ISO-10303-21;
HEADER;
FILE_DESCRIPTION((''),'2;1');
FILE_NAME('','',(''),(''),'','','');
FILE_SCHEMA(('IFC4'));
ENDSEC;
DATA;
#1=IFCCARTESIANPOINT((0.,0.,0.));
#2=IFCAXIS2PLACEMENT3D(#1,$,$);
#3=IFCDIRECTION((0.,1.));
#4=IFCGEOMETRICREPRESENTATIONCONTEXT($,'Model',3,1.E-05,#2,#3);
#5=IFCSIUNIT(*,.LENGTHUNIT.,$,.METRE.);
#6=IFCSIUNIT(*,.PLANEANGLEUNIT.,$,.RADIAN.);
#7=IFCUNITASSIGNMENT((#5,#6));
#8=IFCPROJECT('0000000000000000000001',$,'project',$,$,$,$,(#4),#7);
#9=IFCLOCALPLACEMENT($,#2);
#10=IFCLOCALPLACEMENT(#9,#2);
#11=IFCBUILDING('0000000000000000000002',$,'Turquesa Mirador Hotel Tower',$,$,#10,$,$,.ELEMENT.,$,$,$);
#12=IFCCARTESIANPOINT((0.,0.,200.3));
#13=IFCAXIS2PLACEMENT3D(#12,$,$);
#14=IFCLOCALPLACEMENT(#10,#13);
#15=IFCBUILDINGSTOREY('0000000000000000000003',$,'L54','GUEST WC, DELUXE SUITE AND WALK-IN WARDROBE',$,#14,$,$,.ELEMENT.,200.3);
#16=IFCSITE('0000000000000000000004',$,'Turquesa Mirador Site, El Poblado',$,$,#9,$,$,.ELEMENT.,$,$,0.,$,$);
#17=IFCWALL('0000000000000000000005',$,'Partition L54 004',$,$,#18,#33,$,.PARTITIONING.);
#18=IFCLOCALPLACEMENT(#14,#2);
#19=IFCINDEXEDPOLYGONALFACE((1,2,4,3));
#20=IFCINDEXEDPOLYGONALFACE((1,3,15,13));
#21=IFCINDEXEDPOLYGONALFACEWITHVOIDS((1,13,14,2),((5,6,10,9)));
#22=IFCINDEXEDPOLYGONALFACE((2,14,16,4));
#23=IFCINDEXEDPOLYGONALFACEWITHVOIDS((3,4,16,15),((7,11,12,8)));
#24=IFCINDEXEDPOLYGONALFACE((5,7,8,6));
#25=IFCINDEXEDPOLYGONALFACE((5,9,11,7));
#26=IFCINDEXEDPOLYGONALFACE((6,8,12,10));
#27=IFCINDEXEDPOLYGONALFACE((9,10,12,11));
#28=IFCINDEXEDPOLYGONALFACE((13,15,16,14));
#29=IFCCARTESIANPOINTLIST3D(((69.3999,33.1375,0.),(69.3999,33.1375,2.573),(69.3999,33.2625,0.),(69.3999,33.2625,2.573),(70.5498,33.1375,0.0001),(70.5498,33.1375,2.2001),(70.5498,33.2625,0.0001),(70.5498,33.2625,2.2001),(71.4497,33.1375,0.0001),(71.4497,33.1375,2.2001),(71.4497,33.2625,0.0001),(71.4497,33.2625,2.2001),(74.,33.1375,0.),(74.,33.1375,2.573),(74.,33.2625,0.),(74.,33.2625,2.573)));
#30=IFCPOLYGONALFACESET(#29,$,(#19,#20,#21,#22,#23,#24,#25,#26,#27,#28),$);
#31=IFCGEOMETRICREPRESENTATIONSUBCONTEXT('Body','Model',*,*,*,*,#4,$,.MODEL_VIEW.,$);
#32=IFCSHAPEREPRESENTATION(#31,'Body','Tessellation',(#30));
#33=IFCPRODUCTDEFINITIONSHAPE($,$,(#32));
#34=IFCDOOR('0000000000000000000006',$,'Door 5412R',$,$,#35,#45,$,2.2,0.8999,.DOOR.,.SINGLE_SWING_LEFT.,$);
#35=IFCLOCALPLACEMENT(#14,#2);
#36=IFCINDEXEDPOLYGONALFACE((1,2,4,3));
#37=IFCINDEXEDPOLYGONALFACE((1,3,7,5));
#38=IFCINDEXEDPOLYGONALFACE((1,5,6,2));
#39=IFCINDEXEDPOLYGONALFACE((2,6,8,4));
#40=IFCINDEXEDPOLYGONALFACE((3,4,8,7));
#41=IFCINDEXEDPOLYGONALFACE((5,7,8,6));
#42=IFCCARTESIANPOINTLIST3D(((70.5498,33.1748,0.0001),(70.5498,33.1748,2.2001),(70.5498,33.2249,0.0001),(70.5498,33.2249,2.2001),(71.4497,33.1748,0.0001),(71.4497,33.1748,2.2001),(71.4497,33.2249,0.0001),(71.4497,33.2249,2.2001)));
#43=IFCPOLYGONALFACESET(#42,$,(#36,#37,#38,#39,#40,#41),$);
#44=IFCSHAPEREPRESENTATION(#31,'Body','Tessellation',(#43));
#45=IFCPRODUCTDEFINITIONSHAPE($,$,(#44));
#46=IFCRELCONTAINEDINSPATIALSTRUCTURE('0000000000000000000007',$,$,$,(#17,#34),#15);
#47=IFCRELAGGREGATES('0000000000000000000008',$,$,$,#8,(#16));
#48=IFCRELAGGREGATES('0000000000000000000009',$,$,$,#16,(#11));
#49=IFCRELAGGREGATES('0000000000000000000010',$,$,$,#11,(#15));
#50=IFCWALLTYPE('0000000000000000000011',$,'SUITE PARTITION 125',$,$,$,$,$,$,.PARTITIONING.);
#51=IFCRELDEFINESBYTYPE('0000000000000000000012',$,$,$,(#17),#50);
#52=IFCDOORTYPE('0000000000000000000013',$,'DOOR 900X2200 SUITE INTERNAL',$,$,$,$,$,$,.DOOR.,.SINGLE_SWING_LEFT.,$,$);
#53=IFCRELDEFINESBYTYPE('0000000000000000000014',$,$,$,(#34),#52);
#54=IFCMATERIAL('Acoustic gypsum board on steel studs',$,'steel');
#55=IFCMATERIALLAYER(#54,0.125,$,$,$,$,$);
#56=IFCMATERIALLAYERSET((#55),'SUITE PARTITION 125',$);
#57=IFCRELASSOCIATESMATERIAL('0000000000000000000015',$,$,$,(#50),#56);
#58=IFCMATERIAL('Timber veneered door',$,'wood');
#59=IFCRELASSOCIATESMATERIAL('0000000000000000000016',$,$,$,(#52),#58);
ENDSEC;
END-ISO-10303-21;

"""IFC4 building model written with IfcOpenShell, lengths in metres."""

from ifc_helpers import new_model, si_unit, direction, frame, frame_2d, origin, place, context, subcontext, project, spatial, rectangle, extrude, material, layer, layer_set, type_object, element, fill, save


model = new_model("IFC4")

# Units and contexts
model_context = context("Model", 3, precision=1e-05, world=origin(), true_north=direction((0.0, 1.0)))
body_context = subcontext(model_context, "Body", "Model", "MODEL_VIEW")
ifc_project = project(units=[si_unit("LENGTHUNIT", "METRE"), si_unit("PLANEANGLEUNIT", "RADIAN")], contexts=[model_context])

# Site, building, storey
site_placement = place(None, origin())
site = spatial("IfcSite", under=ifc_project, at=site_placement, Name="Turquesa Mirador Site, El Poblado", CompositionType="ELEMENT", RefElevation=0.0)
building_placement = place(site_placement, origin())
building = spatial("IfcBuilding", under=site, at=building_placement, Name="Turquesa Mirador Hotel Tower", CompositionType="ELEMENT")
storey_placement = place(building_placement, frame((0.0, 0.0, 200.3)))
storey = spatial("IfcBuildingStorey", under=building, at=storey_placement, Name="L54", Description="GUEST WC, DELUXE SUITE AND WALK-IN WARDROBE", CompositionType="ELEMENT", Elevation=200.3)

# Wall, opening, door
ifc_material_1 = material(Name="Acoustic gypsum board on steel studs", Category="steel")
ifc_layer_1 = layer(ifc_material_1, 0.125)
ifc_layer_set_1 = layer_set([ifc_layer_1], Name="SUITE PARTITION 125")
wall_type_1 = type_object("IfcWallType", Name="SUITE PARTITION 125", PredefinedType="PARTITIONING", material=ifc_layer_set_1)
wall_1_placement = place(storey_placement, frame((69.3999, 33.2, 0.0), z_axis=(0.0, 0.0, 1.0), x_axis=(1.0, 0.0, 0.0)))
wall_1 = element("IfcWall", 1, at=wall_1_placement, inside=storey, type_object=wall_type_1, Name="Partition L54 004", PredefinedType="PARTITIONING", context=body_context, shape_type="SweptSolid", body=[
    extrude(rectangle(XDim=4.6001, YDim=0.125, at=frame_2d((2.3, 0.0))), origin(), (0.0, 0.0, 1.0), 2.573),
])
opening_1_placement = place(wall_1_placement, frame((1.1499, 0.0, 0.0)))
opening_1 = element("IfcOpeningElement", 2, at=opening_1_placement, cuts=wall_1, PredefinedType="OPENING", context=body_context, shape_type="SweptSolid", body=[
    extrude(rectangle(XDim=0.8999, YDim=2.2, at=frame_2d((0.45, 1.1001))), frame((0.0, 0.0725, 0.0), z_axis=(0.0, -1.0, 0.0), x_axis=(1.0, 0.0, 0.0)), (0.0, 0.0, 1.0), 0.145),
])
ifc_material_2 = material(Name="Timber veneered door", Category="wood")
door_type_1 = type_object("IfcDoorType", Name="DOOR 900X2200 SUITE INTERNAL", OperationType="SINGLE_SWING_LEFT", PredefinedType="DOOR", material=ifc_material_2)
door_1_placement = place(opening_1_placement, origin())
door_1 = element("IfcDoor", 3, at=door_1_placement, inside=storey, type_object=door_type_1, Name="Door 5412R", OperationType="SINGLE_SWING_LEFT", OverallHeight=2.2, OverallWidth=0.8999, PredefinedType="DOOR", context=body_context, shape_type="SweptSolid", body=[
    extrude(rectangle(XDim=0.8999, YDim=2.2, at=frame_2d((0.45, 1.1001))), frame((0.0, 0.0249, 0.0), z_axis=(0.0, -1.0, 0.0), x_axis=(1.0, 0.0, 0.0)), (0.0, 0.0, 1.0), 0.05),
])
fill(opening_1, door_1)

save(model, "model.ifc")
